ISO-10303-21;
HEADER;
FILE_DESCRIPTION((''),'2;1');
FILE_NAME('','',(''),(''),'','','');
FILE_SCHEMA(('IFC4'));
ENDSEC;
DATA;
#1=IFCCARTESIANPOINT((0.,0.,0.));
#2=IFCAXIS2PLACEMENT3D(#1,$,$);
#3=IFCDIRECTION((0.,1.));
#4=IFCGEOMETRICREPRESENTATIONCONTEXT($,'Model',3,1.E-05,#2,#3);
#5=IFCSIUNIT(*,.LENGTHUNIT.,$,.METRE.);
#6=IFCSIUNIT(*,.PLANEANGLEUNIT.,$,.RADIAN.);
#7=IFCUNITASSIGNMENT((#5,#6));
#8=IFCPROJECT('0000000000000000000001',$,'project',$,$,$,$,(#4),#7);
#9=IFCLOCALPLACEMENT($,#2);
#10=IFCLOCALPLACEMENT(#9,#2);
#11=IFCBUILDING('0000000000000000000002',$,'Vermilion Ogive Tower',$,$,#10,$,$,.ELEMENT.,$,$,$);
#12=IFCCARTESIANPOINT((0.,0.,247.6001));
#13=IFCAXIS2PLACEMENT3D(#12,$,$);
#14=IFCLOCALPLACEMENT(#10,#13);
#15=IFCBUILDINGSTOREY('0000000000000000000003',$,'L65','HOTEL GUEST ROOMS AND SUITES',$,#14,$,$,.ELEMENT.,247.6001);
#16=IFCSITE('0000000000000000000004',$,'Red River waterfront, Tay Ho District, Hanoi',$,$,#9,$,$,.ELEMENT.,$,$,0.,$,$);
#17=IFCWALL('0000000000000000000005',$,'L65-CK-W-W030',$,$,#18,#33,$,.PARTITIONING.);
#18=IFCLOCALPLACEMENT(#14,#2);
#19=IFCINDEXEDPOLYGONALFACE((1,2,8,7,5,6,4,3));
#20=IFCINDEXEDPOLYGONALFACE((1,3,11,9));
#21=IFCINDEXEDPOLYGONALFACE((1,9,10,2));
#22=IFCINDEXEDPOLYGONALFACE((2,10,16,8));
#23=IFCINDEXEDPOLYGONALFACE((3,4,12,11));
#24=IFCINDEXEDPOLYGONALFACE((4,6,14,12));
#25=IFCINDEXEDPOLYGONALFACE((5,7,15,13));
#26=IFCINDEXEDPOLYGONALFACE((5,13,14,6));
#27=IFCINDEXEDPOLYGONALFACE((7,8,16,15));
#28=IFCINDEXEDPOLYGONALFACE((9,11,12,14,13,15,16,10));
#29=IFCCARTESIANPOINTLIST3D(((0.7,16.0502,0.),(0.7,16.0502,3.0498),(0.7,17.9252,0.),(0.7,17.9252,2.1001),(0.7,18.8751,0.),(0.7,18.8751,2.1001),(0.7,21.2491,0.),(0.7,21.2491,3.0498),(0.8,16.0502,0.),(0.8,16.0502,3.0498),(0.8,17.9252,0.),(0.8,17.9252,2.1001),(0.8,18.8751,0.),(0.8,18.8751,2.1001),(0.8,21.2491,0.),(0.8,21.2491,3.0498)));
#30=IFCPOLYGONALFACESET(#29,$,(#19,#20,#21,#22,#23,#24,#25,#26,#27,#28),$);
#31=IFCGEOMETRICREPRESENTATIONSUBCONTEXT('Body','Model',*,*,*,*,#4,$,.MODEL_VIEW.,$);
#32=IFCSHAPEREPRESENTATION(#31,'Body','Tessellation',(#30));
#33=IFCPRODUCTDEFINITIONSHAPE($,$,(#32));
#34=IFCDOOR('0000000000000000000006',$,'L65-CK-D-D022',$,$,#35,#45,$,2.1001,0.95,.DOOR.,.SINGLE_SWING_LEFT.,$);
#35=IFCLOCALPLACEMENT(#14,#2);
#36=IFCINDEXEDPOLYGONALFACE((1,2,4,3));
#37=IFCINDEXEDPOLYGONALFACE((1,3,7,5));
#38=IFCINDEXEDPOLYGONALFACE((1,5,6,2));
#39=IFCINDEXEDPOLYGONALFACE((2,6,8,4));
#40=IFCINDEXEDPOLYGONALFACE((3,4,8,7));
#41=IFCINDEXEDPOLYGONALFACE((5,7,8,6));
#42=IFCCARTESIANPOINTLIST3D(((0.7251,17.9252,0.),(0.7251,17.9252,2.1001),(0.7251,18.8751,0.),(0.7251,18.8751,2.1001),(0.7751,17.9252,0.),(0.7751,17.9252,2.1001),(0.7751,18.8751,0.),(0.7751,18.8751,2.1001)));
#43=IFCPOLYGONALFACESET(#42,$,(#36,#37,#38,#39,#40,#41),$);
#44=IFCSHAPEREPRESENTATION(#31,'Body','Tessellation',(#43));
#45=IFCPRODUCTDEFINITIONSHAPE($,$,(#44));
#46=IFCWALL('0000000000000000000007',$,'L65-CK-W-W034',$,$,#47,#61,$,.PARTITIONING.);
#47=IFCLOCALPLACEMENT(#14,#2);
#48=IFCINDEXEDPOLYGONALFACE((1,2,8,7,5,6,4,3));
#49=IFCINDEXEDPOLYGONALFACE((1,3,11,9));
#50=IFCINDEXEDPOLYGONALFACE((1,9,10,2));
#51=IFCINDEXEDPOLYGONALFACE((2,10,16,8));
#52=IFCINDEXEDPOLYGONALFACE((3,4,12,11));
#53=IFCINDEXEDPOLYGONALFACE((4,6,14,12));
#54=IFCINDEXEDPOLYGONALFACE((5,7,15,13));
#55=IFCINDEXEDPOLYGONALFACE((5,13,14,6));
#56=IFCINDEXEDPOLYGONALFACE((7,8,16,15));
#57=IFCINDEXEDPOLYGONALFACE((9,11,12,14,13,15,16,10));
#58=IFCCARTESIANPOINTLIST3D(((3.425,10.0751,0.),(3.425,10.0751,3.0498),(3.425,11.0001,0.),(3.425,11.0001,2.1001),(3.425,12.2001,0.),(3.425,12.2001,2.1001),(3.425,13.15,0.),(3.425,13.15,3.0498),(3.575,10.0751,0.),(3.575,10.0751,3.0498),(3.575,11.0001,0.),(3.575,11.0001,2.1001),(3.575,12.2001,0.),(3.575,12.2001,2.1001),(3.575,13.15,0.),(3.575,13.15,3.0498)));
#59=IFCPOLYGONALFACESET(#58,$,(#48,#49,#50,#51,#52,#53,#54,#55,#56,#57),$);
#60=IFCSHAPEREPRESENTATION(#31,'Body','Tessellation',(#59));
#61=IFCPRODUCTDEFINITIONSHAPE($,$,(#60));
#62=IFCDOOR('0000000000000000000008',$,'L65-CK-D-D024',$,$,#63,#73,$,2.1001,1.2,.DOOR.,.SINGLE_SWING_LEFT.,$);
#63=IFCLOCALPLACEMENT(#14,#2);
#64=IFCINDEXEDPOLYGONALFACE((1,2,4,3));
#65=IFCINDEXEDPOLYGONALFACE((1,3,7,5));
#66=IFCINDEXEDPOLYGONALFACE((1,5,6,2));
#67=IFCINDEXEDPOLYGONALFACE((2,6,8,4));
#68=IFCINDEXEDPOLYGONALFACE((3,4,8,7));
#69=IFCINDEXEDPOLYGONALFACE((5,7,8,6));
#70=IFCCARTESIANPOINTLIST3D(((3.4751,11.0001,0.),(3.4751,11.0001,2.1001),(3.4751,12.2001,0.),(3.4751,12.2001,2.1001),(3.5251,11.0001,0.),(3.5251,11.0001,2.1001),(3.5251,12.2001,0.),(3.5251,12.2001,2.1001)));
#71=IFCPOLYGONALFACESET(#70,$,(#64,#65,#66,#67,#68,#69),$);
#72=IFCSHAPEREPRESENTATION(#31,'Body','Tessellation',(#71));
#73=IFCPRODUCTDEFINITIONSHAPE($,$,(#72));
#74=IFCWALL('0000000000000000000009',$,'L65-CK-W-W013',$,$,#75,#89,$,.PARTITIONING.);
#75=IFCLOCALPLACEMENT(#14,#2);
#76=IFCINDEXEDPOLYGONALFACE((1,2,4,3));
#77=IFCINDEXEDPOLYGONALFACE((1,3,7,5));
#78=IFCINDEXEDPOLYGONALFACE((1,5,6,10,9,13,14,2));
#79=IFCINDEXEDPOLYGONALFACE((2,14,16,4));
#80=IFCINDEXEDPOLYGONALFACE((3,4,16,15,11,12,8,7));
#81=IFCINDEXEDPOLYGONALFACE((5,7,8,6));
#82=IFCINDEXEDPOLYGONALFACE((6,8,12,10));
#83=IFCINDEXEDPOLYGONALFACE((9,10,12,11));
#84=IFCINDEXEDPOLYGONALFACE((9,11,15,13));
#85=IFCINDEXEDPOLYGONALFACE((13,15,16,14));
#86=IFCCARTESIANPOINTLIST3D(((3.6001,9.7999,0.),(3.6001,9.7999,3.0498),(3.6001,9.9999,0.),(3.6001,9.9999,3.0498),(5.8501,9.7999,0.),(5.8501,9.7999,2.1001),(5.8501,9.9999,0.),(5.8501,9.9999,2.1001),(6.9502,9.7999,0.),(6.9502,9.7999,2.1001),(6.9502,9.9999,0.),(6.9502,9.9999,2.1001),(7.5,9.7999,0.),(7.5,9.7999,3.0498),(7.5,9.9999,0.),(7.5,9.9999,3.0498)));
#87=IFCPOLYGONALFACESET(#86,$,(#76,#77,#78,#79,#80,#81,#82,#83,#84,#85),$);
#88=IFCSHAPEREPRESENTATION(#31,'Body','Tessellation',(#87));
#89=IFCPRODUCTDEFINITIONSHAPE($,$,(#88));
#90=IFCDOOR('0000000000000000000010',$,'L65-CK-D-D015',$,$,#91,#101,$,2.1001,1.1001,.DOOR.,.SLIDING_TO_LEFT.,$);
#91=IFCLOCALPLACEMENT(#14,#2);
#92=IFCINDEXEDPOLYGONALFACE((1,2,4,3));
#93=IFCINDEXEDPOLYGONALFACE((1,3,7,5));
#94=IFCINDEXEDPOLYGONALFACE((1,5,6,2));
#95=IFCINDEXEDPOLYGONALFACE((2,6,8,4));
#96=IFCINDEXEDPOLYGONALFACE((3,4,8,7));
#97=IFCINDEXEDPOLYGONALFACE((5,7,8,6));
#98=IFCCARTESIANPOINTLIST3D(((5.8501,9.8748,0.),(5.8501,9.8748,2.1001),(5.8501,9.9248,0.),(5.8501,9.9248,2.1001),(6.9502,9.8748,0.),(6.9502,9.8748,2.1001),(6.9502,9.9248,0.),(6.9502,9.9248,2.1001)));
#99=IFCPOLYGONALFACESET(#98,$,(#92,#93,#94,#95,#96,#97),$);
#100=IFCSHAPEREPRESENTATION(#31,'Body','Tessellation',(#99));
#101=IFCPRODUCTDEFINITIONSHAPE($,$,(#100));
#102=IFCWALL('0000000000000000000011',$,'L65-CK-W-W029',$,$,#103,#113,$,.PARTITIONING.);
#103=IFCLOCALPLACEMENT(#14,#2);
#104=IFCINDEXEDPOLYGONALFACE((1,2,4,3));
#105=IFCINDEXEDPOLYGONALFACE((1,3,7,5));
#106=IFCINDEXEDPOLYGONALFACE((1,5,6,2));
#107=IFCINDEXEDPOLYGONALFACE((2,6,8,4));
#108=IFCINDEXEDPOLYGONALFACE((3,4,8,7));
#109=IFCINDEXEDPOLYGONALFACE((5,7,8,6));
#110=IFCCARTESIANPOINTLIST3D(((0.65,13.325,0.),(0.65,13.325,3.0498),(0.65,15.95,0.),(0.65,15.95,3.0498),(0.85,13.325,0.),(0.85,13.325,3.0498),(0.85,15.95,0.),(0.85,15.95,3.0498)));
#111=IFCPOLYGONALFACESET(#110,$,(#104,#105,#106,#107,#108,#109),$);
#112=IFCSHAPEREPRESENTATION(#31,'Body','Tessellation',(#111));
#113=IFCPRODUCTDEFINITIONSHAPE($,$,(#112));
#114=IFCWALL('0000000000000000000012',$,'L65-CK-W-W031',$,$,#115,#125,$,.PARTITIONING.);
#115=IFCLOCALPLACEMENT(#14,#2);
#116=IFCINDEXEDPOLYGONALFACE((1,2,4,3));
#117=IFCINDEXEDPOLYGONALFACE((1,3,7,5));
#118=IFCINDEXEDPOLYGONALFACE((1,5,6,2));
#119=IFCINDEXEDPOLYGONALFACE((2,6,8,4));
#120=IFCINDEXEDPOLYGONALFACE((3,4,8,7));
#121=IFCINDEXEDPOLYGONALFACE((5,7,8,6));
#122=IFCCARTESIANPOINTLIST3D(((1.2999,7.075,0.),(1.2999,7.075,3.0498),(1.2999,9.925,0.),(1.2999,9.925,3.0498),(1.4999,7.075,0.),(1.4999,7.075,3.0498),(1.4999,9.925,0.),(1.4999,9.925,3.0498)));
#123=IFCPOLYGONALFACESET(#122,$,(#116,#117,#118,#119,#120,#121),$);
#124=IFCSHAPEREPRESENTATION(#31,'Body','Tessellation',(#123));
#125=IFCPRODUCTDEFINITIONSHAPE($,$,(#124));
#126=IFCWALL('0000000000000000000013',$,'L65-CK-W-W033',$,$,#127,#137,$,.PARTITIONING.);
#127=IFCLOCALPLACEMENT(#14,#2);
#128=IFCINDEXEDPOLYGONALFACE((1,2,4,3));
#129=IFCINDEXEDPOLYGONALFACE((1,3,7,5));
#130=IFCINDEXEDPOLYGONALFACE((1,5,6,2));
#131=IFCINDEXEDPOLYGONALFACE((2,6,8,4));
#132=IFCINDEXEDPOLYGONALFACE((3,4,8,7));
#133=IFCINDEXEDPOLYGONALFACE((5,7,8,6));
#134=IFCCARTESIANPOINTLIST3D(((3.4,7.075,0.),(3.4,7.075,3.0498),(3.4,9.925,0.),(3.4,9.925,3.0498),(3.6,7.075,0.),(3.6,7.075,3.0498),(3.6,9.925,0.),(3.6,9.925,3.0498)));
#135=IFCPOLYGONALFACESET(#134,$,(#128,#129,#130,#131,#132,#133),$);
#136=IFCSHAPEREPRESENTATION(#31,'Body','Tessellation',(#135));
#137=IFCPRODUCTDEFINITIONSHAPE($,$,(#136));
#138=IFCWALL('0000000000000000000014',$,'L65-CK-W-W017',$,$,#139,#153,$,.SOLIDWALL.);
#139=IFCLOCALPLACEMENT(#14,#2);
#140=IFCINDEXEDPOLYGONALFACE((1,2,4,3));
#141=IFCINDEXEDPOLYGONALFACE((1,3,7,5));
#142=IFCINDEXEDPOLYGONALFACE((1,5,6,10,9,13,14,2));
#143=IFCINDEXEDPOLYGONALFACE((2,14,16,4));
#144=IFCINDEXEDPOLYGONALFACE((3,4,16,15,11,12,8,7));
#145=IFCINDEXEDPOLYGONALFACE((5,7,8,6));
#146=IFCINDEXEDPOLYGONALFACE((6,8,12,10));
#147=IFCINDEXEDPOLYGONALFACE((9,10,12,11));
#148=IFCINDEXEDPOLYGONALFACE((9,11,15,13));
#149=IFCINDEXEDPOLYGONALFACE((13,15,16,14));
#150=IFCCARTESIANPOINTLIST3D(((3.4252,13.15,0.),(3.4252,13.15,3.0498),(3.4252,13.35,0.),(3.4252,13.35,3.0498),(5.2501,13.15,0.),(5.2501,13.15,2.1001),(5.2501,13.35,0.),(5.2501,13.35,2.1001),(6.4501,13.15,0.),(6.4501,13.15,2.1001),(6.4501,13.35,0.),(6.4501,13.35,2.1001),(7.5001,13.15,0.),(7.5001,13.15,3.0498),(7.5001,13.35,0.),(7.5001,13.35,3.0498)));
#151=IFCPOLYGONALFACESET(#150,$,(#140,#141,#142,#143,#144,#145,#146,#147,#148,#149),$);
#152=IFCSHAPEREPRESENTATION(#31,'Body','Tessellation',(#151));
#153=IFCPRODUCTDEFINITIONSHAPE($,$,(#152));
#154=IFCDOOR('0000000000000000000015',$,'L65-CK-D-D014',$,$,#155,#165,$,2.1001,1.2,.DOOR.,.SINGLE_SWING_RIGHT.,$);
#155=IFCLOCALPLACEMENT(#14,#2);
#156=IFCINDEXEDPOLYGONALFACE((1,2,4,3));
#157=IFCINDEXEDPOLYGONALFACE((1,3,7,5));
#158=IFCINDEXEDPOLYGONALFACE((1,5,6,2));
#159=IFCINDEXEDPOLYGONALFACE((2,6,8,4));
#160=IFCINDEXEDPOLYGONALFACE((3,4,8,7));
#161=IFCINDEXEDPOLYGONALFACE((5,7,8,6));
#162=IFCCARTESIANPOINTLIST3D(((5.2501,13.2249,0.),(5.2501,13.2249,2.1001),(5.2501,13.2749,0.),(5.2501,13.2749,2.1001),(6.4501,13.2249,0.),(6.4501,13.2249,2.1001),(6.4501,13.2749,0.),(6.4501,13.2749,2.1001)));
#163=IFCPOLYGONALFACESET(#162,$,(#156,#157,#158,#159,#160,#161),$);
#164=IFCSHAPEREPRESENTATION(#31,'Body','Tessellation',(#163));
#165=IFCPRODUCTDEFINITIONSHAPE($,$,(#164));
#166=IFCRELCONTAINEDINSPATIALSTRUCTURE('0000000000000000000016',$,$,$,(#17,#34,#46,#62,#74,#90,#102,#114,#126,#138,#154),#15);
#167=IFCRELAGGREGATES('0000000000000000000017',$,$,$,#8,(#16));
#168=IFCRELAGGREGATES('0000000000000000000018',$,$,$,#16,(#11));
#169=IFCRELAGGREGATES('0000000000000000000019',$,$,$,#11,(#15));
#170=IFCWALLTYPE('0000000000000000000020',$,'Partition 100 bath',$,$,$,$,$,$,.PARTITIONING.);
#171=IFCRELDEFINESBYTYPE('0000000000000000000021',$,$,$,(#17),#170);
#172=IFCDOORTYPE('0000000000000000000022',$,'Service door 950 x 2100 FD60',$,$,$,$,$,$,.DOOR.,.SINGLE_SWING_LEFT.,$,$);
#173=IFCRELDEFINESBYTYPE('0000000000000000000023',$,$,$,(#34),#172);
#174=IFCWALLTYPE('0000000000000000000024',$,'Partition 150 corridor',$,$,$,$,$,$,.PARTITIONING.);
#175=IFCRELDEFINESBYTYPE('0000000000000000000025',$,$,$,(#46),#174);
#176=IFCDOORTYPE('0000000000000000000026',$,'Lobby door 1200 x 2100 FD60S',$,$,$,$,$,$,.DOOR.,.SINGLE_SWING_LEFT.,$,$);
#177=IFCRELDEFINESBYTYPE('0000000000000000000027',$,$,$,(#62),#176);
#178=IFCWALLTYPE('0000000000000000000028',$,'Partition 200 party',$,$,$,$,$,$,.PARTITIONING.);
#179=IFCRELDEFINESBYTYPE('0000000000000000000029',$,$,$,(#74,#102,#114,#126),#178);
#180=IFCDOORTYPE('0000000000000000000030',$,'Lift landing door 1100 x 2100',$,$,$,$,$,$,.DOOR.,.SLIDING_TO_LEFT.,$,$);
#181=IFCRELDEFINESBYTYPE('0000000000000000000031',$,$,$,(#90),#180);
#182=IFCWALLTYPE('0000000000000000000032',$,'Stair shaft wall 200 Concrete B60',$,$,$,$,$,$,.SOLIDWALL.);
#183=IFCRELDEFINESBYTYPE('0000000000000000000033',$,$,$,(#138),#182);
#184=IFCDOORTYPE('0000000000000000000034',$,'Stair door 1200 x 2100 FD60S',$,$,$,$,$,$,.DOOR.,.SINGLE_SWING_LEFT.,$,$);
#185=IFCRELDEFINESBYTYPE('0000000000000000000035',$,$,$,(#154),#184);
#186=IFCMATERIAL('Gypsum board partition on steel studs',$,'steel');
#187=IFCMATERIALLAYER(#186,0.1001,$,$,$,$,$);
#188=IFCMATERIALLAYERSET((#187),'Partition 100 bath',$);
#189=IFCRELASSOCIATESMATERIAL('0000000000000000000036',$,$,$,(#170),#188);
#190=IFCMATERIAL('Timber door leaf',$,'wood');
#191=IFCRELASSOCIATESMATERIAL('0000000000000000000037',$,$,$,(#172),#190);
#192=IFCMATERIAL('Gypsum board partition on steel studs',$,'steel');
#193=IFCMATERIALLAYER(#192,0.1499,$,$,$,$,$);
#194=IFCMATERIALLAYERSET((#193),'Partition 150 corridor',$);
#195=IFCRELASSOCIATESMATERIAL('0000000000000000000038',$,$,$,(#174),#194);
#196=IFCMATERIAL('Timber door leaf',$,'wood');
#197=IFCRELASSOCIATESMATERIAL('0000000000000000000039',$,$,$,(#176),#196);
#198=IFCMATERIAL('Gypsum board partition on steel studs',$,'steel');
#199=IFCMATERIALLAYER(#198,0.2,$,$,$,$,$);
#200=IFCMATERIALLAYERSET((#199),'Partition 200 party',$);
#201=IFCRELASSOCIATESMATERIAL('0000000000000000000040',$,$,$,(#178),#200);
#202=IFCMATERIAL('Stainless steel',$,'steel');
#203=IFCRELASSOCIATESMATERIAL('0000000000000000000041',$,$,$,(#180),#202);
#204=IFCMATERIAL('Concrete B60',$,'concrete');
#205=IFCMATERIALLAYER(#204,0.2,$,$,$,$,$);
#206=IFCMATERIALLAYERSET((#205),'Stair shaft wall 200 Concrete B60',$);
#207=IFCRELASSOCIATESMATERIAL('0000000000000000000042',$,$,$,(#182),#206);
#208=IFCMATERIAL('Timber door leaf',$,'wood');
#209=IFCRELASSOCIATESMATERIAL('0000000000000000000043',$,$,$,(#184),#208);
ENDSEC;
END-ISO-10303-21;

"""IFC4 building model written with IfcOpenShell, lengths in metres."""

from ifc_helpers import new_model, si_unit, direction, frame, frame_2d, origin, place, context, subcontext, project, spatial, rectangle, extrude, material, layer, layer_set, type_object, element, fill, save


model = new_model("IFC4")

# Units and contexts
model_context = context("Model", 3, precision=1e-05, world=origin(), true_north=direction((0.0, 1.0)))
body_context = subcontext(model_context, "Body", "Model", "MODEL_VIEW")
ifc_project = project(units=[si_unit("LENGTHUNIT", "METRE"), si_unit("PLANEANGLEUNIT", "RADIAN")], contexts=[model_context])

# Site, building, storey
site_placement = place(None, origin())
site = spatial("IfcSite", under=ifc_project, at=site_placement, Name="Red River waterfront, Tay Ho District, Hanoi", CompositionType="ELEMENT", RefElevation=0.0)
building_placement = place(site_placement, origin())
building = spatial("IfcBuilding", under=site, at=building_placement, Name="Vermilion Ogive Tower", CompositionType="ELEMENT")
storey_placement = place(building_placement, frame((0.0, 0.0, 247.6001)))
storey = spatial("IfcBuildingStorey", under=building, at=storey_placement, Name="L65", Description="HOTEL GUEST ROOMS AND SUITES", CompositionType="ELEMENT", Elevation=247.6001)

# Shared definitions
ifc_material_1 = material(Name="Gypsum board partition on steel studs", Category="steel")
ifc_layer_1 = layer(ifc_material_1, 0.1001)
ifc_layer_set_1 = layer_set([ifc_layer_1], Name="Partition 100 bath")
wall_type_1 = type_object("IfcWallType", Name="Partition 100 bath", PredefinedType="PARTITIONING", material=ifc_layer_set_1)

# Walls, openings, doors
wall_1_placement = place(storey_placement, frame((0.75, 16.05, 0.0), z_axis=(0.0, 0.0, 1.0), x_axis=(0.0, 1.0, 0.0)))
wall_1 = element("IfcWall", 1, at=wall_1_placement, inside=storey, type_object=wall_type_1, Name="L65-CK-W-W030", PredefinedType="PARTITIONING", context=body_context, shape_type="SweptSolid", body=[
    extrude(rectangle(XDim=5.199, YDim=0.1001, at=frame_2d((2.5996, 0.0))), origin(), (0.0, 0.0, 1.0), 3.0498),
])
opening_1_placement = place(wall_1_placement, frame((1.875, 0.0, 0.0)))
opening_1 = element("IfcOpeningElement", 2, at=opening_1_placement, cuts=wall_1, PredefinedType="OPENING", context=body_context, shape_type="SweptSolid", body=[
    extrude(rectangle(XDim=0.95, YDim=2.1001, at=frame_2d((0.4751, 1.05))), frame((0.0, 0.0601, 0.0), z_axis=(0.0, -1.0, 0.0), x_axis=(1.0, 0.0, 0.0)), (0.0, 0.0, 1.0), 0.1201),
])
ifc_material_2 = material(Name="Timber door leaf", Category="wood")
door_type_1 = type_object("IfcDoorType", Name="Service door 950 x 2100 FD60", OperationType="SINGLE_SWING_LEFT", PredefinedType="DOOR", material=ifc_material_2)
door_1_placement = place(opening_1_placement, origin())
door_1 = element("IfcDoor", 3, at=door_1_placement, inside=storey, type_object=door_type_1, Name="L65-CK-D-D022", OperationType="SINGLE_SWING_LEFT", OverallHeight=2.1001, OverallWidth=0.95, PredefinedType="DOOR", context=body_context, shape_type="SweptSolid", body=[
    extrude(rectangle(XDim=0.95, YDim=2.1001, at=frame_2d((0.4751, 1.05))), frame((0.0, 0.0249, 0.0), z_axis=(0.0, -1.0, 0.0), x_axis=(1.0, 0.0, 0.0)), (0.0, 0.0, 1.0), 0.05),
])
fill(opening_1, door_1)
ifc_material_3 = material(Name="Gypsum board partition on steel studs", Category="steel")
ifc_layer_2 = layer(ifc_material_3, 0.1499)
ifc_layer_set_2 = layer_set([ifc_layer_2], Name="Partition 150 corridor")
wall_type_2 = type_object("IfcWallType", Name="Partition 150 corridor", PredefinedType="PARTITIONING", material=ifc_layer_set_2)
wall_2_placement = place(storey_placement, frame((3.5, 10.075, 0.0), z_axis=(0.0, 0.0, 1.0), x_axis=(0.0, 1.0, 0.0)))
wall_2 = element("IfcWall", 4, at=wall_2_placement, inside=storey, type_object=wall_type_2, Name="L65-CK-W-W034", PredefinedType="PARTITIONING", context=body_context, shape_type="SweptSolid", body=[
    extrude(rectangle(XDim=3.075, YDim=0.1499, at=frame_2d((1.5376, 0.0))), origin(), (0.0, 0.0, 1.0), 3.0498),
])
opening_2_placement = place(wall_2_placement, frame((0.925, 0.0, 0.0)))
opening_2 = element("IfcOpeningElement", 5, at=opening_2_placement, cuts=wall_2, PredefinedType="OPENING", context=body_context, shape_type="SweptSolid", body=[
    extrude(rectangle(XDim=1.2, YDim=2.1001, at=frame_2d((0.6001, 1.05))), frame((0.0, 0.085, 0.0), z_axis=(0.0, -1.0, 0.0), x_axis=(1.0, 0.0, 0.0)), (0.0, 0.0, 1.0), 0.1699),
])
ifc_material_4 = material(Name="Timber door leaf", Category="wood")
door_type_2 = type_object("IfcDoorType", Name="Lobby door 1200 x 2100 FD60S", OperationType="SINGLE_SWING_LEFT", PredefinedType="DOOR", material=ifc_material_4)
door_2_placement = place(opening_2_placement, origin())
door_2 = element("IfcDoor", 6, at=door_2_placement, inside=storey, type_object=door_type_2, Name="L65-CK-D-D024", OperationType="SINGLE_SWING_LEFT", OverallHeight=2.1001, OverallWidth=1.2, PredefinedType="DOOR", context=body_context, shape_type="SweptSolid", body=[
    extrude(rectangle(XDim=1.2, YDim=2.1001, at=frame_2d((0.6001, 1.05))), frame((0.0, 0.0249, 0.0), z_axis=(0.0, -1.0, 0.0), x_axis=(1.0, 0.0, 0.0)), (0.0, 0.0, 1.0), 0.05),
])
fill(opening_2, door_2)
ifc_material_5 = material(Name="Gypsum board partition on steel studs", Category="steel")
ifc_layer_3 = layer(ifc_material_5, 0.2)
ifc_layer_set_3 = layer_set([ifc_layer_3], Name="Partition 200 party")
wall_type_3 = type_object("IfcWallType", Name="Partition 200 party", PredefinedType="PARTITIONING", material=ifc_layer_set_3)
wall_3_placement = place(storey_placement, frame((3.6001, 9.8999, 0.0), z_axis=(0.0, 0.0, 1.0), x_axis=(1.0, 0.0, 0.0)))
wall_3 = element("IfcWall", 7, at=wall_3_placement, inside=storey, type_object=wall_type_3, Name="L65-CK-W-W013", PredefinedType="PARTITIONING", context=body_context, shape_type="SweptSolid", body=[
    extrude(rectangle(XDim=3.8999, YDim=0.2, at=frame_2d((1.95, 0.0))), origin(), (0.0, 0.0, 1.0), 3.0498),
])
opening_3_placement = place(wall_3_placement, frame((2.25, 0.0, 0.0)))
opening_3 = element("IfcOpeningElement", 8, at=opening_3_placement, cuts=wall_3, PredefinedType="OPENING", context=body_context, shape_type="SweptSolid", body=[
    extrude(rectangle(XDim=1.1001, YDim=2.1001, at=frame_2d((0.55, 1.05))), frame((0.0, 0.1099, 0.0), z_axis=(0.0, -1.0, 0.0), x_axis=(1.0, 0.0, 0.0)), (0.0, 0.0, 1.0), 0.22),
])
ifc_material_6 = material(Name="Stainless steel", Category="steel")
door_type_3 = type_object("IfcDoorType", Name="Lift landing door 1100 x 2100", OperationType="SLIDING_TO_LEFT", PredefinedType="DOOR", material=ifc_material_6)
door_3_placement = place(opening_3_placement, origin())
door_3 = element("IfcDoor", 9, at=door_3_placement, inside=storey, type_object=door_type_3, Name="L65-CK-D-D015", OperationType="SLIDING_TO_LEFT", OverallHeight=2.1001, OverallWidth=1.1001, PredefinedType="DOOR", context=body_context, shape_type="SweptSolid", body=[
    extrude(rectangle(XDim=1.1001, YDim=2.1001, at=frame_2d((0.55, 1.05))), frame((0.0, 0.0249, 0.0), z_axis=(0.0, -1.0, 0.0), x_axis=(1.0, 0.0, 0.0)), (0.0, 0.0, 1.0), 0.05),
])
fill(opening_3, door_3)

# Walls
wall_4_placement = place(storey_placement, frame((0.75, 13.325, 0.0), z_axis=(0.0, 0.0, 1.0), x_axis=(0.0, 1.0, 0.0)))
element("IfcWall", 10, at=wall_4_placement, inside=storey, type_object=wall_type_3, Name="L65-CK-W-W029", PredefinedType="PARTITIONING", context=body_context, shape_type="SweptSolid", body=[
    extrude(rectangle(XDim=2.625, YDim=0.2, at=frame_2d((1.3125, 0.0))), origin(), (0.0, 0.0, 1.0), 3.0498),
])
for number, where, z_axis, x_axis, name in (
    (11, (1.3999, 7.075, 0.0), (0.0, 0.0, 1.0), (0.0, 1.0, 0.0), "L65-CK-W-W031"),
    (12, (3.5, 7.075, 0.0), (0.0, 0.0, 1.0), (0.0, 1.0, 0.0), "L65-CK-W-W033"),
):
    element("IfcWall", number, at=place(storey_placement, frame(where, z_axis=z_axis, x_axis=x_axis)), inside=storey, type_object=wall_type_3, Name=name, PredefinedType="PARTITIONING", context=body_context, shape_type="SweptSolid", body=[
        extrude(rectangle(XDim=2.8501, YDim=0.2, at=frame_2d((1.425, 0.0))), origin(), (0.0, 0.0, 1.0), 3.0498),
    ])

# Wall, opening, door
ifc_material_7 = material(Name="Concrete B60", Category="concrete")
ifc_layer_4 = layer(ifc_material_7, 0.2)
ifc_layer_set_4 = layer_set([ifc_layer_4], Name="Stair shaft wall 200 Concrete B60")
wall_type_4 = type_object("IfcWallType", Name="Stair shaft wall 200 Concrete B60", PredefinedType="SOLIDWALL", material=ifc_layer_set_4)
wall_5_placement = place(storey_placement, frame((3.425, 13.25, 0.0), z_axis=(0.0, 0.0, 1.0), x_axis=(1.0, 0.0, 0.0)))
wall_5 = element("IfcWall", 13, at=wall_5_placement, inside=storey, type_object=wall_type_4, Name="L65-CK-W-W017", PredefinedType="SOLIDWALL", context=body_context, shape_type="SweptSolid", body=[
    extrude(rectangle(XDim=4.075, YDim=0.2, at=frame_2d((2.0376, 0.0))), origin(), (0.0, 0.0, 1.0), 3.0498),
])
opening_4_placement = place(wall_5_placement, frame((1.825, 0.0, 0.0)))
opening_4 = element("IfcOpeningElement", 14, at=opening_4_placement, cuts=wall_5, PredefinedType="OPENING", context=body_context, shape_type="SweptSolid", body=[
    extrude(rectangle(XDim=1.2, YDim=2.1001, at=frame_2d((0.6001, 1.05))), frame((0.0, 0.1099, 0.0), z_axis=(0.0, -1.0, 0.0), x_axis=(1.0, 0.0, 0.0)), (0.0, 0.0, 1.0), 0.22),
])
ifc_material_8 = material(Name="Timber door leaf", Category="wood")
door_type_4 = type_object("IfcDoorType", Name="Stair door 1200 x 2100 FD60S", OperationType="SINGLE_SWING_LEFT", PredefinedType="DOOR", material=ifc_material_8)
door_4_placement = place(opening_4_placement, origin())
door_4 = element("IfcDoor", 15, at=door_4_placement, inside=storey, type_object=door_type_4, Name="L65-CK-D-D014", OperationType="SINGLE_SWING_RIGHT", OverallHeight=2.1001, OverallWidth=1.2, PredefinedType="DOOR", context=body_context, shape_type="SweptSolid", body=[
    extrude(rectangle(XDim=1.2, YDim=2.1001, at=frame_2d((0.6001, 1.05))), frame((0.0, 0.0249, 0.0), z_axis=(0.0, -1.0, 0.0), x_axis=(1.0, 0.0, 0.0)), (0.0, 0.0, 1.0), 0.05),
])
fill(opening_4, door_4)

save(model, "model.ifc")
